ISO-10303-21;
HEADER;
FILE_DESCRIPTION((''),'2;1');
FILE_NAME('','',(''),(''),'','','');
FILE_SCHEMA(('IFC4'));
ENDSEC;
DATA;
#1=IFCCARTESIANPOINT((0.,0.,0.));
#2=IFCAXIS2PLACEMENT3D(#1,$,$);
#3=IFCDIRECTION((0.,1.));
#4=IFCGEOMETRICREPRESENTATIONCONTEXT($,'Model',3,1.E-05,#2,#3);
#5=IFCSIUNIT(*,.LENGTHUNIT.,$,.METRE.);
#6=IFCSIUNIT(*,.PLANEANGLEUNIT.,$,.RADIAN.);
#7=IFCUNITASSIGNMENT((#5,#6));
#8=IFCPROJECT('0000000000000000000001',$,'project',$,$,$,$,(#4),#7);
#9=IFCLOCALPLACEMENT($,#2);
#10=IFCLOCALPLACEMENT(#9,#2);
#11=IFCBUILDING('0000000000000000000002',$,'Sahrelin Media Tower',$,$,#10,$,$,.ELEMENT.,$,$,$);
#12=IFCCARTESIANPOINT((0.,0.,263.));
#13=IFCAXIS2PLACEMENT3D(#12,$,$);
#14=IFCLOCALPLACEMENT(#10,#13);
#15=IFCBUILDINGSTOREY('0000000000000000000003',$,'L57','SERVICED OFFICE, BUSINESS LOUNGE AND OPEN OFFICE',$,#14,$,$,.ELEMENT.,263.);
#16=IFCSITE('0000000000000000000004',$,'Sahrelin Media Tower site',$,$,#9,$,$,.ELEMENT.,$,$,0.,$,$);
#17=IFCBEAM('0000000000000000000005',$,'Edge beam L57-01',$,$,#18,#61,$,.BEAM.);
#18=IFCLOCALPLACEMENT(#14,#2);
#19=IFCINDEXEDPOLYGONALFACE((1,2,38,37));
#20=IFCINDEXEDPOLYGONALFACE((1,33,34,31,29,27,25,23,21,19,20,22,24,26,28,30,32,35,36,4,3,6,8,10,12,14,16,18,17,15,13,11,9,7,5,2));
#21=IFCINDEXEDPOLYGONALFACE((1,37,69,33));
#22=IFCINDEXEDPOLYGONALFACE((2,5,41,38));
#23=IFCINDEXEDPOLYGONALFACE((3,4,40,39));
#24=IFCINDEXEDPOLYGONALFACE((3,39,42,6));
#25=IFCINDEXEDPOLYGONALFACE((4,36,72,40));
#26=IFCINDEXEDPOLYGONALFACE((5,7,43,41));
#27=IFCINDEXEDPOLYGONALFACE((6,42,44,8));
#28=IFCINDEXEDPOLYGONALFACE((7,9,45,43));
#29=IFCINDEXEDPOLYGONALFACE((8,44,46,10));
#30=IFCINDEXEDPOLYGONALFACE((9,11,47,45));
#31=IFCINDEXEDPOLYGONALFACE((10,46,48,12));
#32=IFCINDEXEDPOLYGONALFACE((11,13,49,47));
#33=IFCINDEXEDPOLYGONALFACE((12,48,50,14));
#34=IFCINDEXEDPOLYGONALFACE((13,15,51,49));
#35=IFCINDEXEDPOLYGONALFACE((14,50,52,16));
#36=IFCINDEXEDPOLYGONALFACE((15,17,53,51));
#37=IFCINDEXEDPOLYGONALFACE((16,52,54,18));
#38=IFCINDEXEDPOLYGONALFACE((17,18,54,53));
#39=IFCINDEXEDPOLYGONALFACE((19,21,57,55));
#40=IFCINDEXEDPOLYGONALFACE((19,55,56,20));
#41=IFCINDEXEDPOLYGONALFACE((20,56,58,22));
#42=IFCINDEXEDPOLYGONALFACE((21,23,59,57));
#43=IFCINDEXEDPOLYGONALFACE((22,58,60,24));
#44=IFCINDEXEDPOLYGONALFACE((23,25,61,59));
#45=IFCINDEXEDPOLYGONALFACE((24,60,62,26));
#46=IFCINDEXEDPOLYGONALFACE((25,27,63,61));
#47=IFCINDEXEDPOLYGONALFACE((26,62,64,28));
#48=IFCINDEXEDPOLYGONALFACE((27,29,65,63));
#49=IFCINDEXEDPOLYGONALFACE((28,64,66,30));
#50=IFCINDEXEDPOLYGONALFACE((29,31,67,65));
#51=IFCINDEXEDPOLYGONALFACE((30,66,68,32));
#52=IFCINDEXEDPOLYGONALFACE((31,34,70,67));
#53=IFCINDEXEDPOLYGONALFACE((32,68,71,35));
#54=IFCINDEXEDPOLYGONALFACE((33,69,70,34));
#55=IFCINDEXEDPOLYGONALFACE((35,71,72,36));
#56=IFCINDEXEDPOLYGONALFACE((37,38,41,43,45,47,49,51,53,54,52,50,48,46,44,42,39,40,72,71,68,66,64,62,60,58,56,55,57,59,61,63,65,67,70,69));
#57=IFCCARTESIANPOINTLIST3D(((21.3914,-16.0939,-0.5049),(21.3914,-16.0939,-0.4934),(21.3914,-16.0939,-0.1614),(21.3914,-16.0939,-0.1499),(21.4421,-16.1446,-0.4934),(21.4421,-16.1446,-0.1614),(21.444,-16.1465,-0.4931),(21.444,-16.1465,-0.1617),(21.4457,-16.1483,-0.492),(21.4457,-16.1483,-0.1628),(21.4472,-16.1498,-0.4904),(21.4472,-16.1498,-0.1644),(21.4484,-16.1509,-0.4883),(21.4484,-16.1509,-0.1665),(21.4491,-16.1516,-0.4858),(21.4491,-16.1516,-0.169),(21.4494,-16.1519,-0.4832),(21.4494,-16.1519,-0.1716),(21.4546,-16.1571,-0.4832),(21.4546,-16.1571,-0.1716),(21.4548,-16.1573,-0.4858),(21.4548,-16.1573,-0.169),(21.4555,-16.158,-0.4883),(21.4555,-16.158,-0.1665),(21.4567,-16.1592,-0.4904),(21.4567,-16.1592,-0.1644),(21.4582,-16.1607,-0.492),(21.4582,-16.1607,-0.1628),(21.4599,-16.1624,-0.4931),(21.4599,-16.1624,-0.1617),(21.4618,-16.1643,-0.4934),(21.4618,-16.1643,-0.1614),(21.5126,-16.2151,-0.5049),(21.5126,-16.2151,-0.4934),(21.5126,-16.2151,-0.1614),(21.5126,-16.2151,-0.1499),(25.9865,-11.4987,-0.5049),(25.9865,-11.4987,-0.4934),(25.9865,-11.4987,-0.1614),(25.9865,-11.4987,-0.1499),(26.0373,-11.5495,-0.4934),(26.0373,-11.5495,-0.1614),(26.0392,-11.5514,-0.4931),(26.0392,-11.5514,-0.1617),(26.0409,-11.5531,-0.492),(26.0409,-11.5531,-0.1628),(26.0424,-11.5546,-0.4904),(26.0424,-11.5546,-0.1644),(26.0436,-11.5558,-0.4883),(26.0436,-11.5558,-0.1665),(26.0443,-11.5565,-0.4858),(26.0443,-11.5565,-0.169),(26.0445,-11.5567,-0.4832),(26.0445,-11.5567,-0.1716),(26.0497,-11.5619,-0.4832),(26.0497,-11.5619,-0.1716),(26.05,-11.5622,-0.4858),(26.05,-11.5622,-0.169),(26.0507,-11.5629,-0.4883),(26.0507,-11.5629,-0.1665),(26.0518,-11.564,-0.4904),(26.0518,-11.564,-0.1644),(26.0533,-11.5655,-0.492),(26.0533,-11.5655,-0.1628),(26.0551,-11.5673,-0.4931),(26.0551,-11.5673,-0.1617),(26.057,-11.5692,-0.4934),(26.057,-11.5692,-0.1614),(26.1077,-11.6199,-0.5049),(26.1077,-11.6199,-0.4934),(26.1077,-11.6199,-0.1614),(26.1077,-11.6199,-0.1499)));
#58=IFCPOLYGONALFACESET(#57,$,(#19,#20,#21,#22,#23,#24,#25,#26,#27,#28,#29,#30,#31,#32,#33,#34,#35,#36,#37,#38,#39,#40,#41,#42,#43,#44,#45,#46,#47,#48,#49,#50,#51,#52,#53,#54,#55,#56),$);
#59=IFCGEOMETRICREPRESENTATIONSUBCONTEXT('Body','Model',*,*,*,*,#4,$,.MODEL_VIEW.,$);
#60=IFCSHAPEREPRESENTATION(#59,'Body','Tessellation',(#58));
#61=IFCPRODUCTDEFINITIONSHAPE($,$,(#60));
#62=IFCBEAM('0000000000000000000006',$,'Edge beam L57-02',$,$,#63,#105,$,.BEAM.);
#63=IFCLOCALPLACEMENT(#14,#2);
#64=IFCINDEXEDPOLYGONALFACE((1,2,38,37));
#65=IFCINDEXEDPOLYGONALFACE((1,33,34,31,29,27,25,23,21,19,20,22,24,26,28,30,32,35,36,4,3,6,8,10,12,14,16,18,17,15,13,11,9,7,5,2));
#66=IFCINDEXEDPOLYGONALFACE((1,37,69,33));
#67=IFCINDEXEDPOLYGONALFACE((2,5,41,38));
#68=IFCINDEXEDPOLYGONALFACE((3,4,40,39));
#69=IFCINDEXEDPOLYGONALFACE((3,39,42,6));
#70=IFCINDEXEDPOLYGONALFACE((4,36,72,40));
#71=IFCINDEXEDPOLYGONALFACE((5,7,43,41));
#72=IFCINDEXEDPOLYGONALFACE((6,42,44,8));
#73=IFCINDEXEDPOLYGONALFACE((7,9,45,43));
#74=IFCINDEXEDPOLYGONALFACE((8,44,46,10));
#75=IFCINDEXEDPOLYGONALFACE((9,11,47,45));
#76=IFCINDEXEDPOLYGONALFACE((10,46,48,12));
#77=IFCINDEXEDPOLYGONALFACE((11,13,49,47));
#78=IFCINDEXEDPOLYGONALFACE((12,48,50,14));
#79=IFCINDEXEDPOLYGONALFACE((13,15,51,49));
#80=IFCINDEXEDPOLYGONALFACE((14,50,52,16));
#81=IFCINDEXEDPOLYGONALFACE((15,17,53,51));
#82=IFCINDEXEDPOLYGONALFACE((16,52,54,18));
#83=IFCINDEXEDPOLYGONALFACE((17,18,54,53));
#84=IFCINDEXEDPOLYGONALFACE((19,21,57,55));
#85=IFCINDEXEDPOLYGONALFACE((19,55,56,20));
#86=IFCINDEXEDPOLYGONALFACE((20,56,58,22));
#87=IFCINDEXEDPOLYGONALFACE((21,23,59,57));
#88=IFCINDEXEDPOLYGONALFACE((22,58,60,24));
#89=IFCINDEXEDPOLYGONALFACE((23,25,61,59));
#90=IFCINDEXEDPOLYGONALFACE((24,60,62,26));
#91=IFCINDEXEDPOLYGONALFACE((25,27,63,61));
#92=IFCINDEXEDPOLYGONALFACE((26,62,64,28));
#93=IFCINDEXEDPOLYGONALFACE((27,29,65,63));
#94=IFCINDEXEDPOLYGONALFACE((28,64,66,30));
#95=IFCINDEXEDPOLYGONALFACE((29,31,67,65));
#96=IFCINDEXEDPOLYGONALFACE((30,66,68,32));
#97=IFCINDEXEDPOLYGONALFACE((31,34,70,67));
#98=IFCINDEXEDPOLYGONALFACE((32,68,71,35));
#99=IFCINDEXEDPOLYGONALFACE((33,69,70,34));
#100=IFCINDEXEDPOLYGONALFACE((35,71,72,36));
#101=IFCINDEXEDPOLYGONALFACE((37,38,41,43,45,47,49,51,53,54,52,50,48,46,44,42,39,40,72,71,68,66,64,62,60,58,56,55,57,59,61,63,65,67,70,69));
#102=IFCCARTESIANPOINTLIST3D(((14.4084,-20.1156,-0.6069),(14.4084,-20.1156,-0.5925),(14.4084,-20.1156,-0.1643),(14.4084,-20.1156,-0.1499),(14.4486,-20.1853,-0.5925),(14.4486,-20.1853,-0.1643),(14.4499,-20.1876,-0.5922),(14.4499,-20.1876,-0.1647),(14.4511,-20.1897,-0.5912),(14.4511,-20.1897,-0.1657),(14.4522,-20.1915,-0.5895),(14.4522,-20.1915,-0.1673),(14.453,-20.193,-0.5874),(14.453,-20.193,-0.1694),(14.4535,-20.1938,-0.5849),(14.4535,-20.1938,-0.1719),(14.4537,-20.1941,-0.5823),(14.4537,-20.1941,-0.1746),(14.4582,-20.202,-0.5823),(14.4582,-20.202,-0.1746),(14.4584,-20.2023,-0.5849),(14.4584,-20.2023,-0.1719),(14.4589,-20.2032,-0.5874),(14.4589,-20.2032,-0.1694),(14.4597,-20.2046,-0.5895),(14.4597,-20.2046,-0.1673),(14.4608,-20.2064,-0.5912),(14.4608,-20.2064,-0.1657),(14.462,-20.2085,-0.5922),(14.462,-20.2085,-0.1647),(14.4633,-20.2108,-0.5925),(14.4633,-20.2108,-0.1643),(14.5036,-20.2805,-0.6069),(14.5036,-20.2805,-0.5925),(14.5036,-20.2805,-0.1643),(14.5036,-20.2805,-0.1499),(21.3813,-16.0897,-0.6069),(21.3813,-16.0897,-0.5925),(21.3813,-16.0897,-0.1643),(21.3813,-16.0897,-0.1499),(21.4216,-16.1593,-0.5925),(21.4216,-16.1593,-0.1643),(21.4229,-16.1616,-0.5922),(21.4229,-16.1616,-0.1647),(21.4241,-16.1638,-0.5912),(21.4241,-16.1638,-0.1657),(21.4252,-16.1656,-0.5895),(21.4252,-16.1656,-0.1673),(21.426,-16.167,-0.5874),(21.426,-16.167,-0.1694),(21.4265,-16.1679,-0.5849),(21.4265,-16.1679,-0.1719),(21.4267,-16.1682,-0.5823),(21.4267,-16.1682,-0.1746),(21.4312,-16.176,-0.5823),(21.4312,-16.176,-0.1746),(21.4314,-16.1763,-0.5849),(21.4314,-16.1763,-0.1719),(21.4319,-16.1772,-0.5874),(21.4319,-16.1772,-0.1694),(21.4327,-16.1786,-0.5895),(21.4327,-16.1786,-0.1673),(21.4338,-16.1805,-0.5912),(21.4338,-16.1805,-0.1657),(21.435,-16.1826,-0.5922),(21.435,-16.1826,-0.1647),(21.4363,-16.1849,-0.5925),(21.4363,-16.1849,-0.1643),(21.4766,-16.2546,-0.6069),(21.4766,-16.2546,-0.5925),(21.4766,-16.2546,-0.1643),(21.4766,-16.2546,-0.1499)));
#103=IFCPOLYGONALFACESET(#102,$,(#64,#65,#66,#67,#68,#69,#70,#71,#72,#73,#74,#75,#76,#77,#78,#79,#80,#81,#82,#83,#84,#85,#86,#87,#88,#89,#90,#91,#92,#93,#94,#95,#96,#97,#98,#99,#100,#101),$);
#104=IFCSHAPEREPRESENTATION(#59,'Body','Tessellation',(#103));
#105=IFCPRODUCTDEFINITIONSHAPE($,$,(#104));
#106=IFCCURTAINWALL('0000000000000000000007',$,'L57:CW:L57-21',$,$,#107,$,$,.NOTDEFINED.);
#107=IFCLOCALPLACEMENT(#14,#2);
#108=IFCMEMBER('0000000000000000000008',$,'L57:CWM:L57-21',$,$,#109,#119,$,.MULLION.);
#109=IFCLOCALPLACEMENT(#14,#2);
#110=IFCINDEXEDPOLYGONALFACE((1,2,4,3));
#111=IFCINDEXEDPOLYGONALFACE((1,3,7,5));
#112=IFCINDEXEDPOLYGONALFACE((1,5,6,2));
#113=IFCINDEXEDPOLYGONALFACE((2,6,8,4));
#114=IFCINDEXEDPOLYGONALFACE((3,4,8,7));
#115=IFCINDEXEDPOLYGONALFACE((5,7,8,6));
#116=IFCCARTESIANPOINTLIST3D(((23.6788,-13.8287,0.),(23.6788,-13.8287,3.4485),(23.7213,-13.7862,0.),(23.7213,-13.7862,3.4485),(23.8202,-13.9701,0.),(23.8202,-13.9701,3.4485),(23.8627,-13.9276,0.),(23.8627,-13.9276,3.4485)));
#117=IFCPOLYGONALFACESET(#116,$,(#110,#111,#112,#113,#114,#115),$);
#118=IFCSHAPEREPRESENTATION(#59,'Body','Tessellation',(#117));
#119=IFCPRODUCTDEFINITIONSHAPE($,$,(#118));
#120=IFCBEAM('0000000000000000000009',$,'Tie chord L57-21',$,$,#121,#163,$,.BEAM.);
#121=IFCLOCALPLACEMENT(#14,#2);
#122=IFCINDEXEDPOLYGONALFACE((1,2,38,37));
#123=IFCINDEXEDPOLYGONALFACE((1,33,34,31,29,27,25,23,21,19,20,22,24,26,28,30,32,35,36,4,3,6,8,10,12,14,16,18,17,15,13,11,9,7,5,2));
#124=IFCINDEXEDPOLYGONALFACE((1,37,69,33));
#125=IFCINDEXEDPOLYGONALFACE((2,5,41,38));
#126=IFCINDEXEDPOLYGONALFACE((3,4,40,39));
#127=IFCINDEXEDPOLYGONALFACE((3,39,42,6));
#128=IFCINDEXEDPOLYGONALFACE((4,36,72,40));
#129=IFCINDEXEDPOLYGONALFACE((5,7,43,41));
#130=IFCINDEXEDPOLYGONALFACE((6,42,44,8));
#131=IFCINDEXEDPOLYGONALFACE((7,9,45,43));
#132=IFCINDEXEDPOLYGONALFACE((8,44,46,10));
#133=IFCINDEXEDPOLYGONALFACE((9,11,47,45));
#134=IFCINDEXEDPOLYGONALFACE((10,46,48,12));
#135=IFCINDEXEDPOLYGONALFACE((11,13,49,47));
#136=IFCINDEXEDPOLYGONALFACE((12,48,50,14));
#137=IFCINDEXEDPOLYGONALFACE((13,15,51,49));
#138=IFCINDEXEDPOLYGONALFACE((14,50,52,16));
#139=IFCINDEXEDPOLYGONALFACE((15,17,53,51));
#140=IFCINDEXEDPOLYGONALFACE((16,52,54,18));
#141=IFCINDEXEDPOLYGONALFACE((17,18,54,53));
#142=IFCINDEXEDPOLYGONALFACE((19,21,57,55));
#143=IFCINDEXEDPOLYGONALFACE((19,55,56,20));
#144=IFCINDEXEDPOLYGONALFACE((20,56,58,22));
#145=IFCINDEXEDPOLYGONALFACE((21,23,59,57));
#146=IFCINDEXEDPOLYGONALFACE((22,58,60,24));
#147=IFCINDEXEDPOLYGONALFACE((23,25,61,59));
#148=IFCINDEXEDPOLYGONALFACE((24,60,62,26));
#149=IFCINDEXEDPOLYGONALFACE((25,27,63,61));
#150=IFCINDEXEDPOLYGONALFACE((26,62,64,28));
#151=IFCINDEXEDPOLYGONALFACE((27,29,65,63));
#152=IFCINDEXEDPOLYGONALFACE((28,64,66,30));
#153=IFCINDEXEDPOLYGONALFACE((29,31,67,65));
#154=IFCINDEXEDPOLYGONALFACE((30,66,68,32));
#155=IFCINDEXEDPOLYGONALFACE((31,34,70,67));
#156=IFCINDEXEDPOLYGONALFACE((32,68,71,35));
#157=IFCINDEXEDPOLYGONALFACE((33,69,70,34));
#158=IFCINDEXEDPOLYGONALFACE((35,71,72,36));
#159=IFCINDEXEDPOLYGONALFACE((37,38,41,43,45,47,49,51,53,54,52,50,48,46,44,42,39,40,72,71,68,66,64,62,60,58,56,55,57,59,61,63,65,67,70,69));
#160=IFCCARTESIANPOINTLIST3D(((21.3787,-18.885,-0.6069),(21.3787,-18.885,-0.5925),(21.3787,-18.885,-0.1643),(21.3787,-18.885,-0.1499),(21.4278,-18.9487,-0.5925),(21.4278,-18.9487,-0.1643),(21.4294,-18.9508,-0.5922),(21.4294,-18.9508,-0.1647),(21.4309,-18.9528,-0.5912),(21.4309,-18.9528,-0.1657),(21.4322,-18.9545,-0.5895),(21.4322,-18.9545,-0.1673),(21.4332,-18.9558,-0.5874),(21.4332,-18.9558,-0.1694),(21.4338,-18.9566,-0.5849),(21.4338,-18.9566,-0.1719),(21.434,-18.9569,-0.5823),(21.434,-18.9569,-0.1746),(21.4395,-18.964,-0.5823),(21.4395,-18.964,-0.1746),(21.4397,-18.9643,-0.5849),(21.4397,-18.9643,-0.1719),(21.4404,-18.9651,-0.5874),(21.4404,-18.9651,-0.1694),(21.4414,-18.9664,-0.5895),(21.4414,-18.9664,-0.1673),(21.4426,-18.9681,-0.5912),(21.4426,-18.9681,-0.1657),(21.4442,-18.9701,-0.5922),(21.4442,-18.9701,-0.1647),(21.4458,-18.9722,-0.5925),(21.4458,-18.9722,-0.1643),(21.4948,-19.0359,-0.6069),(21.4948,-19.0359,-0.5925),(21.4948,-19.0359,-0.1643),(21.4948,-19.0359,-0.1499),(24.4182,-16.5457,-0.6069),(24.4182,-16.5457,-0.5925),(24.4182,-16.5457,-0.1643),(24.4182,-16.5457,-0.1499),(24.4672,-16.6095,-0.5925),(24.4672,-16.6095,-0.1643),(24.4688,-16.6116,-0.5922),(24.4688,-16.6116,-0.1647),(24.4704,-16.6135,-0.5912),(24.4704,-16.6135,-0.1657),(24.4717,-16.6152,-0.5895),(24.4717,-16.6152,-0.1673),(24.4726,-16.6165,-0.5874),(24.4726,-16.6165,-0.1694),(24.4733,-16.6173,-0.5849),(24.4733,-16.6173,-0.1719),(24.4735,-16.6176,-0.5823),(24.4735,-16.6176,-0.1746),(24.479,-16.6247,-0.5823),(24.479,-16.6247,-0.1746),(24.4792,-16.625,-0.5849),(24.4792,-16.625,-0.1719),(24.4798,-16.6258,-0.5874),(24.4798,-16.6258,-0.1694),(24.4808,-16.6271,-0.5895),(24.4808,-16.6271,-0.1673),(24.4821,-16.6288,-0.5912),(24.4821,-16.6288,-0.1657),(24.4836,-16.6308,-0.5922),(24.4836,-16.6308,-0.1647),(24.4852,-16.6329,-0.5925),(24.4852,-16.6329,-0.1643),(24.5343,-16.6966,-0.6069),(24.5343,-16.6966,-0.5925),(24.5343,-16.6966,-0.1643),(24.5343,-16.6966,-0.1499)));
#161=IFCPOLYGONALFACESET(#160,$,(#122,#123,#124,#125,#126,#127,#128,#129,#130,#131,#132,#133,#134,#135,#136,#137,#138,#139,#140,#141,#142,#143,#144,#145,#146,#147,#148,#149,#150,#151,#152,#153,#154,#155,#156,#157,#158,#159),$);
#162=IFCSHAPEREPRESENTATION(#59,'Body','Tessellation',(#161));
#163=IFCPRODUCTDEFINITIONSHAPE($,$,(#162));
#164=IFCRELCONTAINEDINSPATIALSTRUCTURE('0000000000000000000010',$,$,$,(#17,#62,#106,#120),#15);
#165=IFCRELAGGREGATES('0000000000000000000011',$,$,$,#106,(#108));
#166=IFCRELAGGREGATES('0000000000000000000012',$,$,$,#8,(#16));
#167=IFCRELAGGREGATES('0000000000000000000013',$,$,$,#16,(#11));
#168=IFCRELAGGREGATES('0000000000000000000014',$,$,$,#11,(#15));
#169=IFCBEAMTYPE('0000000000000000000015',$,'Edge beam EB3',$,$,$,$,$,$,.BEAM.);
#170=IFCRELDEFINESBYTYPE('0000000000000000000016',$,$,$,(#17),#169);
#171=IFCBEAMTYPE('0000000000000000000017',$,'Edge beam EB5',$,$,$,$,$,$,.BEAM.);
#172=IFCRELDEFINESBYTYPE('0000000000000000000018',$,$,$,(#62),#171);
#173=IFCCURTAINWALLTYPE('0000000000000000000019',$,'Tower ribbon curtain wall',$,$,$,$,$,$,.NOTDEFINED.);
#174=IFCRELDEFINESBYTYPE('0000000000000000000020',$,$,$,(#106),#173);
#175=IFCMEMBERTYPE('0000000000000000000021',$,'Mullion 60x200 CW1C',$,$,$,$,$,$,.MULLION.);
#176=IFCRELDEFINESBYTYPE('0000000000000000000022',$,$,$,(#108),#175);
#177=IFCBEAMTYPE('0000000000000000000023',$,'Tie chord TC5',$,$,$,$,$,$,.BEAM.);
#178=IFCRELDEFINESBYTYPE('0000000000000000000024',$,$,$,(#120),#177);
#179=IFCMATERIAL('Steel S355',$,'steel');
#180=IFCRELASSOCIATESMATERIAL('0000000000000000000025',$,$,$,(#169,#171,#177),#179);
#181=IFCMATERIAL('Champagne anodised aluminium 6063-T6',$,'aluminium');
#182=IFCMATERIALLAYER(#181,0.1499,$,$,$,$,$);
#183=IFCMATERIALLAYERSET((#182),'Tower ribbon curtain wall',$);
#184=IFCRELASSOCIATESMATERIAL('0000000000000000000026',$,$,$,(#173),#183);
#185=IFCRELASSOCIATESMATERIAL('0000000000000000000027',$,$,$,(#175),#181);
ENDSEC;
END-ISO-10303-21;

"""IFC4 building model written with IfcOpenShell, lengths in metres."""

from ifc_helpers import new_model, si_unit, direction, frame, origin, origin_2d, place, context, subcontext, project, spatial, rectangle, i_section, extrude, material, layer, layer_set, material_profile, profile_set, type_object, element, aggregate, save


model = new_model("IFC4")

# Units and contexts
model_context = context("Model", 3, precision=1e-05, world=origin(), true_north=direction((0.0, 1.0)))
body_context = subcontext(model_context, "Body", "Model", "MODEL_VIEW")
ifc_project = project(units=[si_unit("LENGTHUNIT", "METRE"), si_unit("PLANEANGLEUNIT", "RADIAN")], contexts=[model_context])

# Site, building, storey
site_placement = place(None, origin())
site = spatial("IfcSite", under=ifc_project, at=site_placement, Name="Sahrelin Media Tower site", CompositionType="ELEMENT", RefElevation=0.0)
building_placement = place(site_placement, origin())
building = spatial("IfcBuilding", under=site, at=building_placement, Name="Sahrelin Media Tower", CompositionType="ELEMENT")
storey_placement = place(building_placement, frame((0.0, 0.0, 263.0)))
storey = spatial("IfcBuildingStorey", under=building, at=storey_placement, Name="L57", Description="SERVICED OFFICE, BUSINESS LOUNGE AND OPEN OFFICE", CompositionType="ELEMENT", Elevation=263.0)

# Beams
ifc_material_1 = material(Name="Steel S355", Category="steel")
ifc_material_profile_1 = material_profile(ifc_material_1, i_section(OverallWidth=0.1714, OverallDepth=0.355, WebThickness=0.0073, FlangeThickness=0.0115, FilletRadius=0.0103, at=origin_2d()), Name="UB 356x171x51")
ifc_profile_set_1 = profile_set([ifc_material_profile_1], Name="Steel S355")
beam_type_1 = type_object("IfcBeamType", Name="Edge beam EB3", PredefinedType="BEAM", material=ifc_profile_set_1)
beam_1_placement = place(storey_placement, frame((26.0471, -11.5593, -0.3274), z_axis=(-0.707107, -0.707107, 0.0), x_axis=(0.707107, -0.707107, 0.0)))
element("IfcBeam", 1, at=beam_1_placement, inside=storey, type_object=beam_type_1, Name="Edge beam L57-01", PredefinedType="BEAM", context=body_context, shape_type="SweptSolid", body=[
    extrude(i_section(OverallWidth=0.1714, OverallDepth=0.355, WebThickness=0.0073, FlangeThickness=0.0115, FilletRadius=0.0103, at=origin_2d()), origin(), (0.0, 0.0, 1.0), 6.4985),
])
ifc_material_profile_2 = material_profile(ifc_material_1, i_section(OverallWidth=0.1904, OverallDepth=0.457, WebThickness=0.009, FlangeThickness=0.0144, FilletRadius=0.0103, at=origin_2d()), Name="UB 457x191x74")
ifc_profile_set_2 = profile_set([ifc_material_profile_2], Name="Steel S355")
beam_type_2 = type_object("IfcBeamType", Name="Edge beam EB5", PredefinedType="BEAM", material=ifc_profile_set_2)
beam_2_placement = place(storey_placement, frame((21.429, -16.1721, -0.3784), z_axis=(-0.866021, -0.500007, 0.0), x_axis=(0.500007, -0.866021, 0.0)))
element("IfcBeam", 2, at=beam_2_placement, inside=storey, type_object=beam_type_2, Name="Edge beam L57-02", PredefinedType="BEAM", context=body_context, shape_type="SweptSolid", body=[
    extrude(i_section(OverallWidth=0.1904, OverallDepth=0.457, WebThickness=0.009, FlangeThickness=0.0144, FilletRadius=0.0103, at=origin_2d()), origin(), (0.0, 0.0, 1.0), 8.0518),
])

# Curtain wall, member
ifc_material_2 = material(Name="Champagne anodised aluminium 6063-T6", Category="aluminium")
ifc_layer_1 = layer(ifc_material_2, 0.1499)
ifc_layer_set_1 = layer_set([ifc_layer_1], Name="Tower ribbon curtain wall")
curtain_wall_type = type_object("IfcCurtainWallType", Name="Tower ribbon curtain wall", PredefinedType="NOTDEFINED", material=ifc_layer_set_1)
curtain_wall_placement = place(storey_placement, frame((23.8557, -13.9631, 0.0), z_axis=(0.0, 0.0, 1.0), x_axis=(1.0, 0.0, 0.0)))
curtain_wall = element("IfcCurtainWall", 3, at=curtain_wall_placement, inside=storey, type_object=curtain_wall_type, Name="L57:CW:L57-21", PredefinedType="NOTDEFINED")
ifc_material_profile_3 = material_profile(ifc_material_2, rectangle(XDim=0.0601, YDim=0.2, at=origin_2d()), Name="Mullion 60x200")
ifc_profile_set_3 = profile_set([ifc_material_profile_3], Name="Champagne anodised aluminium 6063-T6")
member_type_1 = type_object("IfcMemberType", Name="Mullion 60x200 CW1C", PredefinedType="MULLION", material=ifc_profile_set_3)
member_1_placement = place(storey_placement, frame((23.7708, -13.8782, 0.0), z_axis=(0.0, 0.0, 1.0), x_axis=(0.707107, 0.707107, 0.0)))
member_1 = element("IfcMember", 4, at=member_1_placement, type_object=member_type_1, Name="L57:CWM:L57-21", PredefinedType="MULLION", context=body_context, shape_type="SweptSolid", body=[
    extrude(rectangle(XDim=0.0601, YDim=0.2, at=origin_2d()), origin(), (0.0, 0.0, 1.0), 3.4485),
])

# Beam
ifc_material_profile_4 = material_profile(ifc_material_1, i_section(OverallWidth=0.1904, OverallDepth=0.457, WebThickness=0.009, FlangeThickness=0.0144, FilletRadius=0.0103, at=origin_2d()), Name="UB 457x191x74")
ifc_profile_set_4 = profile_set([ifc_material_profile_4], Name="Steel S355")
beam_type_3 = type_object("IfcBeamType", Name="Tie chord TC5", PredefinedType="BEAM", material=ifc_profile_set_4)
beam_3_placement = place(storey_placement, frame((21.4368, -18.9604, -0.3784), z_axis=(0.792468, 0.609914, 0.0), x_axis=(-0.609914, 0.792468, 0.0)))
element("IfcBeam", 5, at=beam_3_placement, inside=storey, type_object=beam_type_3, Name="Tie chord L57-21", PredefinedType="BEAM", context=body_context, shape_type="SweptSolid", body=[
    extrude(i_section(OverallWidth=0.1904, OverallDepth=0.457, WebThickness=0.009, FlangeThickness=0.0144, FilletRadius=0.0103, at=origin_2d()), origin(), (0.0, 0.0, 1.0), 3.8354),
])

aggregate(curtain_wall, [member_1])

save(model, "model.ifc")
